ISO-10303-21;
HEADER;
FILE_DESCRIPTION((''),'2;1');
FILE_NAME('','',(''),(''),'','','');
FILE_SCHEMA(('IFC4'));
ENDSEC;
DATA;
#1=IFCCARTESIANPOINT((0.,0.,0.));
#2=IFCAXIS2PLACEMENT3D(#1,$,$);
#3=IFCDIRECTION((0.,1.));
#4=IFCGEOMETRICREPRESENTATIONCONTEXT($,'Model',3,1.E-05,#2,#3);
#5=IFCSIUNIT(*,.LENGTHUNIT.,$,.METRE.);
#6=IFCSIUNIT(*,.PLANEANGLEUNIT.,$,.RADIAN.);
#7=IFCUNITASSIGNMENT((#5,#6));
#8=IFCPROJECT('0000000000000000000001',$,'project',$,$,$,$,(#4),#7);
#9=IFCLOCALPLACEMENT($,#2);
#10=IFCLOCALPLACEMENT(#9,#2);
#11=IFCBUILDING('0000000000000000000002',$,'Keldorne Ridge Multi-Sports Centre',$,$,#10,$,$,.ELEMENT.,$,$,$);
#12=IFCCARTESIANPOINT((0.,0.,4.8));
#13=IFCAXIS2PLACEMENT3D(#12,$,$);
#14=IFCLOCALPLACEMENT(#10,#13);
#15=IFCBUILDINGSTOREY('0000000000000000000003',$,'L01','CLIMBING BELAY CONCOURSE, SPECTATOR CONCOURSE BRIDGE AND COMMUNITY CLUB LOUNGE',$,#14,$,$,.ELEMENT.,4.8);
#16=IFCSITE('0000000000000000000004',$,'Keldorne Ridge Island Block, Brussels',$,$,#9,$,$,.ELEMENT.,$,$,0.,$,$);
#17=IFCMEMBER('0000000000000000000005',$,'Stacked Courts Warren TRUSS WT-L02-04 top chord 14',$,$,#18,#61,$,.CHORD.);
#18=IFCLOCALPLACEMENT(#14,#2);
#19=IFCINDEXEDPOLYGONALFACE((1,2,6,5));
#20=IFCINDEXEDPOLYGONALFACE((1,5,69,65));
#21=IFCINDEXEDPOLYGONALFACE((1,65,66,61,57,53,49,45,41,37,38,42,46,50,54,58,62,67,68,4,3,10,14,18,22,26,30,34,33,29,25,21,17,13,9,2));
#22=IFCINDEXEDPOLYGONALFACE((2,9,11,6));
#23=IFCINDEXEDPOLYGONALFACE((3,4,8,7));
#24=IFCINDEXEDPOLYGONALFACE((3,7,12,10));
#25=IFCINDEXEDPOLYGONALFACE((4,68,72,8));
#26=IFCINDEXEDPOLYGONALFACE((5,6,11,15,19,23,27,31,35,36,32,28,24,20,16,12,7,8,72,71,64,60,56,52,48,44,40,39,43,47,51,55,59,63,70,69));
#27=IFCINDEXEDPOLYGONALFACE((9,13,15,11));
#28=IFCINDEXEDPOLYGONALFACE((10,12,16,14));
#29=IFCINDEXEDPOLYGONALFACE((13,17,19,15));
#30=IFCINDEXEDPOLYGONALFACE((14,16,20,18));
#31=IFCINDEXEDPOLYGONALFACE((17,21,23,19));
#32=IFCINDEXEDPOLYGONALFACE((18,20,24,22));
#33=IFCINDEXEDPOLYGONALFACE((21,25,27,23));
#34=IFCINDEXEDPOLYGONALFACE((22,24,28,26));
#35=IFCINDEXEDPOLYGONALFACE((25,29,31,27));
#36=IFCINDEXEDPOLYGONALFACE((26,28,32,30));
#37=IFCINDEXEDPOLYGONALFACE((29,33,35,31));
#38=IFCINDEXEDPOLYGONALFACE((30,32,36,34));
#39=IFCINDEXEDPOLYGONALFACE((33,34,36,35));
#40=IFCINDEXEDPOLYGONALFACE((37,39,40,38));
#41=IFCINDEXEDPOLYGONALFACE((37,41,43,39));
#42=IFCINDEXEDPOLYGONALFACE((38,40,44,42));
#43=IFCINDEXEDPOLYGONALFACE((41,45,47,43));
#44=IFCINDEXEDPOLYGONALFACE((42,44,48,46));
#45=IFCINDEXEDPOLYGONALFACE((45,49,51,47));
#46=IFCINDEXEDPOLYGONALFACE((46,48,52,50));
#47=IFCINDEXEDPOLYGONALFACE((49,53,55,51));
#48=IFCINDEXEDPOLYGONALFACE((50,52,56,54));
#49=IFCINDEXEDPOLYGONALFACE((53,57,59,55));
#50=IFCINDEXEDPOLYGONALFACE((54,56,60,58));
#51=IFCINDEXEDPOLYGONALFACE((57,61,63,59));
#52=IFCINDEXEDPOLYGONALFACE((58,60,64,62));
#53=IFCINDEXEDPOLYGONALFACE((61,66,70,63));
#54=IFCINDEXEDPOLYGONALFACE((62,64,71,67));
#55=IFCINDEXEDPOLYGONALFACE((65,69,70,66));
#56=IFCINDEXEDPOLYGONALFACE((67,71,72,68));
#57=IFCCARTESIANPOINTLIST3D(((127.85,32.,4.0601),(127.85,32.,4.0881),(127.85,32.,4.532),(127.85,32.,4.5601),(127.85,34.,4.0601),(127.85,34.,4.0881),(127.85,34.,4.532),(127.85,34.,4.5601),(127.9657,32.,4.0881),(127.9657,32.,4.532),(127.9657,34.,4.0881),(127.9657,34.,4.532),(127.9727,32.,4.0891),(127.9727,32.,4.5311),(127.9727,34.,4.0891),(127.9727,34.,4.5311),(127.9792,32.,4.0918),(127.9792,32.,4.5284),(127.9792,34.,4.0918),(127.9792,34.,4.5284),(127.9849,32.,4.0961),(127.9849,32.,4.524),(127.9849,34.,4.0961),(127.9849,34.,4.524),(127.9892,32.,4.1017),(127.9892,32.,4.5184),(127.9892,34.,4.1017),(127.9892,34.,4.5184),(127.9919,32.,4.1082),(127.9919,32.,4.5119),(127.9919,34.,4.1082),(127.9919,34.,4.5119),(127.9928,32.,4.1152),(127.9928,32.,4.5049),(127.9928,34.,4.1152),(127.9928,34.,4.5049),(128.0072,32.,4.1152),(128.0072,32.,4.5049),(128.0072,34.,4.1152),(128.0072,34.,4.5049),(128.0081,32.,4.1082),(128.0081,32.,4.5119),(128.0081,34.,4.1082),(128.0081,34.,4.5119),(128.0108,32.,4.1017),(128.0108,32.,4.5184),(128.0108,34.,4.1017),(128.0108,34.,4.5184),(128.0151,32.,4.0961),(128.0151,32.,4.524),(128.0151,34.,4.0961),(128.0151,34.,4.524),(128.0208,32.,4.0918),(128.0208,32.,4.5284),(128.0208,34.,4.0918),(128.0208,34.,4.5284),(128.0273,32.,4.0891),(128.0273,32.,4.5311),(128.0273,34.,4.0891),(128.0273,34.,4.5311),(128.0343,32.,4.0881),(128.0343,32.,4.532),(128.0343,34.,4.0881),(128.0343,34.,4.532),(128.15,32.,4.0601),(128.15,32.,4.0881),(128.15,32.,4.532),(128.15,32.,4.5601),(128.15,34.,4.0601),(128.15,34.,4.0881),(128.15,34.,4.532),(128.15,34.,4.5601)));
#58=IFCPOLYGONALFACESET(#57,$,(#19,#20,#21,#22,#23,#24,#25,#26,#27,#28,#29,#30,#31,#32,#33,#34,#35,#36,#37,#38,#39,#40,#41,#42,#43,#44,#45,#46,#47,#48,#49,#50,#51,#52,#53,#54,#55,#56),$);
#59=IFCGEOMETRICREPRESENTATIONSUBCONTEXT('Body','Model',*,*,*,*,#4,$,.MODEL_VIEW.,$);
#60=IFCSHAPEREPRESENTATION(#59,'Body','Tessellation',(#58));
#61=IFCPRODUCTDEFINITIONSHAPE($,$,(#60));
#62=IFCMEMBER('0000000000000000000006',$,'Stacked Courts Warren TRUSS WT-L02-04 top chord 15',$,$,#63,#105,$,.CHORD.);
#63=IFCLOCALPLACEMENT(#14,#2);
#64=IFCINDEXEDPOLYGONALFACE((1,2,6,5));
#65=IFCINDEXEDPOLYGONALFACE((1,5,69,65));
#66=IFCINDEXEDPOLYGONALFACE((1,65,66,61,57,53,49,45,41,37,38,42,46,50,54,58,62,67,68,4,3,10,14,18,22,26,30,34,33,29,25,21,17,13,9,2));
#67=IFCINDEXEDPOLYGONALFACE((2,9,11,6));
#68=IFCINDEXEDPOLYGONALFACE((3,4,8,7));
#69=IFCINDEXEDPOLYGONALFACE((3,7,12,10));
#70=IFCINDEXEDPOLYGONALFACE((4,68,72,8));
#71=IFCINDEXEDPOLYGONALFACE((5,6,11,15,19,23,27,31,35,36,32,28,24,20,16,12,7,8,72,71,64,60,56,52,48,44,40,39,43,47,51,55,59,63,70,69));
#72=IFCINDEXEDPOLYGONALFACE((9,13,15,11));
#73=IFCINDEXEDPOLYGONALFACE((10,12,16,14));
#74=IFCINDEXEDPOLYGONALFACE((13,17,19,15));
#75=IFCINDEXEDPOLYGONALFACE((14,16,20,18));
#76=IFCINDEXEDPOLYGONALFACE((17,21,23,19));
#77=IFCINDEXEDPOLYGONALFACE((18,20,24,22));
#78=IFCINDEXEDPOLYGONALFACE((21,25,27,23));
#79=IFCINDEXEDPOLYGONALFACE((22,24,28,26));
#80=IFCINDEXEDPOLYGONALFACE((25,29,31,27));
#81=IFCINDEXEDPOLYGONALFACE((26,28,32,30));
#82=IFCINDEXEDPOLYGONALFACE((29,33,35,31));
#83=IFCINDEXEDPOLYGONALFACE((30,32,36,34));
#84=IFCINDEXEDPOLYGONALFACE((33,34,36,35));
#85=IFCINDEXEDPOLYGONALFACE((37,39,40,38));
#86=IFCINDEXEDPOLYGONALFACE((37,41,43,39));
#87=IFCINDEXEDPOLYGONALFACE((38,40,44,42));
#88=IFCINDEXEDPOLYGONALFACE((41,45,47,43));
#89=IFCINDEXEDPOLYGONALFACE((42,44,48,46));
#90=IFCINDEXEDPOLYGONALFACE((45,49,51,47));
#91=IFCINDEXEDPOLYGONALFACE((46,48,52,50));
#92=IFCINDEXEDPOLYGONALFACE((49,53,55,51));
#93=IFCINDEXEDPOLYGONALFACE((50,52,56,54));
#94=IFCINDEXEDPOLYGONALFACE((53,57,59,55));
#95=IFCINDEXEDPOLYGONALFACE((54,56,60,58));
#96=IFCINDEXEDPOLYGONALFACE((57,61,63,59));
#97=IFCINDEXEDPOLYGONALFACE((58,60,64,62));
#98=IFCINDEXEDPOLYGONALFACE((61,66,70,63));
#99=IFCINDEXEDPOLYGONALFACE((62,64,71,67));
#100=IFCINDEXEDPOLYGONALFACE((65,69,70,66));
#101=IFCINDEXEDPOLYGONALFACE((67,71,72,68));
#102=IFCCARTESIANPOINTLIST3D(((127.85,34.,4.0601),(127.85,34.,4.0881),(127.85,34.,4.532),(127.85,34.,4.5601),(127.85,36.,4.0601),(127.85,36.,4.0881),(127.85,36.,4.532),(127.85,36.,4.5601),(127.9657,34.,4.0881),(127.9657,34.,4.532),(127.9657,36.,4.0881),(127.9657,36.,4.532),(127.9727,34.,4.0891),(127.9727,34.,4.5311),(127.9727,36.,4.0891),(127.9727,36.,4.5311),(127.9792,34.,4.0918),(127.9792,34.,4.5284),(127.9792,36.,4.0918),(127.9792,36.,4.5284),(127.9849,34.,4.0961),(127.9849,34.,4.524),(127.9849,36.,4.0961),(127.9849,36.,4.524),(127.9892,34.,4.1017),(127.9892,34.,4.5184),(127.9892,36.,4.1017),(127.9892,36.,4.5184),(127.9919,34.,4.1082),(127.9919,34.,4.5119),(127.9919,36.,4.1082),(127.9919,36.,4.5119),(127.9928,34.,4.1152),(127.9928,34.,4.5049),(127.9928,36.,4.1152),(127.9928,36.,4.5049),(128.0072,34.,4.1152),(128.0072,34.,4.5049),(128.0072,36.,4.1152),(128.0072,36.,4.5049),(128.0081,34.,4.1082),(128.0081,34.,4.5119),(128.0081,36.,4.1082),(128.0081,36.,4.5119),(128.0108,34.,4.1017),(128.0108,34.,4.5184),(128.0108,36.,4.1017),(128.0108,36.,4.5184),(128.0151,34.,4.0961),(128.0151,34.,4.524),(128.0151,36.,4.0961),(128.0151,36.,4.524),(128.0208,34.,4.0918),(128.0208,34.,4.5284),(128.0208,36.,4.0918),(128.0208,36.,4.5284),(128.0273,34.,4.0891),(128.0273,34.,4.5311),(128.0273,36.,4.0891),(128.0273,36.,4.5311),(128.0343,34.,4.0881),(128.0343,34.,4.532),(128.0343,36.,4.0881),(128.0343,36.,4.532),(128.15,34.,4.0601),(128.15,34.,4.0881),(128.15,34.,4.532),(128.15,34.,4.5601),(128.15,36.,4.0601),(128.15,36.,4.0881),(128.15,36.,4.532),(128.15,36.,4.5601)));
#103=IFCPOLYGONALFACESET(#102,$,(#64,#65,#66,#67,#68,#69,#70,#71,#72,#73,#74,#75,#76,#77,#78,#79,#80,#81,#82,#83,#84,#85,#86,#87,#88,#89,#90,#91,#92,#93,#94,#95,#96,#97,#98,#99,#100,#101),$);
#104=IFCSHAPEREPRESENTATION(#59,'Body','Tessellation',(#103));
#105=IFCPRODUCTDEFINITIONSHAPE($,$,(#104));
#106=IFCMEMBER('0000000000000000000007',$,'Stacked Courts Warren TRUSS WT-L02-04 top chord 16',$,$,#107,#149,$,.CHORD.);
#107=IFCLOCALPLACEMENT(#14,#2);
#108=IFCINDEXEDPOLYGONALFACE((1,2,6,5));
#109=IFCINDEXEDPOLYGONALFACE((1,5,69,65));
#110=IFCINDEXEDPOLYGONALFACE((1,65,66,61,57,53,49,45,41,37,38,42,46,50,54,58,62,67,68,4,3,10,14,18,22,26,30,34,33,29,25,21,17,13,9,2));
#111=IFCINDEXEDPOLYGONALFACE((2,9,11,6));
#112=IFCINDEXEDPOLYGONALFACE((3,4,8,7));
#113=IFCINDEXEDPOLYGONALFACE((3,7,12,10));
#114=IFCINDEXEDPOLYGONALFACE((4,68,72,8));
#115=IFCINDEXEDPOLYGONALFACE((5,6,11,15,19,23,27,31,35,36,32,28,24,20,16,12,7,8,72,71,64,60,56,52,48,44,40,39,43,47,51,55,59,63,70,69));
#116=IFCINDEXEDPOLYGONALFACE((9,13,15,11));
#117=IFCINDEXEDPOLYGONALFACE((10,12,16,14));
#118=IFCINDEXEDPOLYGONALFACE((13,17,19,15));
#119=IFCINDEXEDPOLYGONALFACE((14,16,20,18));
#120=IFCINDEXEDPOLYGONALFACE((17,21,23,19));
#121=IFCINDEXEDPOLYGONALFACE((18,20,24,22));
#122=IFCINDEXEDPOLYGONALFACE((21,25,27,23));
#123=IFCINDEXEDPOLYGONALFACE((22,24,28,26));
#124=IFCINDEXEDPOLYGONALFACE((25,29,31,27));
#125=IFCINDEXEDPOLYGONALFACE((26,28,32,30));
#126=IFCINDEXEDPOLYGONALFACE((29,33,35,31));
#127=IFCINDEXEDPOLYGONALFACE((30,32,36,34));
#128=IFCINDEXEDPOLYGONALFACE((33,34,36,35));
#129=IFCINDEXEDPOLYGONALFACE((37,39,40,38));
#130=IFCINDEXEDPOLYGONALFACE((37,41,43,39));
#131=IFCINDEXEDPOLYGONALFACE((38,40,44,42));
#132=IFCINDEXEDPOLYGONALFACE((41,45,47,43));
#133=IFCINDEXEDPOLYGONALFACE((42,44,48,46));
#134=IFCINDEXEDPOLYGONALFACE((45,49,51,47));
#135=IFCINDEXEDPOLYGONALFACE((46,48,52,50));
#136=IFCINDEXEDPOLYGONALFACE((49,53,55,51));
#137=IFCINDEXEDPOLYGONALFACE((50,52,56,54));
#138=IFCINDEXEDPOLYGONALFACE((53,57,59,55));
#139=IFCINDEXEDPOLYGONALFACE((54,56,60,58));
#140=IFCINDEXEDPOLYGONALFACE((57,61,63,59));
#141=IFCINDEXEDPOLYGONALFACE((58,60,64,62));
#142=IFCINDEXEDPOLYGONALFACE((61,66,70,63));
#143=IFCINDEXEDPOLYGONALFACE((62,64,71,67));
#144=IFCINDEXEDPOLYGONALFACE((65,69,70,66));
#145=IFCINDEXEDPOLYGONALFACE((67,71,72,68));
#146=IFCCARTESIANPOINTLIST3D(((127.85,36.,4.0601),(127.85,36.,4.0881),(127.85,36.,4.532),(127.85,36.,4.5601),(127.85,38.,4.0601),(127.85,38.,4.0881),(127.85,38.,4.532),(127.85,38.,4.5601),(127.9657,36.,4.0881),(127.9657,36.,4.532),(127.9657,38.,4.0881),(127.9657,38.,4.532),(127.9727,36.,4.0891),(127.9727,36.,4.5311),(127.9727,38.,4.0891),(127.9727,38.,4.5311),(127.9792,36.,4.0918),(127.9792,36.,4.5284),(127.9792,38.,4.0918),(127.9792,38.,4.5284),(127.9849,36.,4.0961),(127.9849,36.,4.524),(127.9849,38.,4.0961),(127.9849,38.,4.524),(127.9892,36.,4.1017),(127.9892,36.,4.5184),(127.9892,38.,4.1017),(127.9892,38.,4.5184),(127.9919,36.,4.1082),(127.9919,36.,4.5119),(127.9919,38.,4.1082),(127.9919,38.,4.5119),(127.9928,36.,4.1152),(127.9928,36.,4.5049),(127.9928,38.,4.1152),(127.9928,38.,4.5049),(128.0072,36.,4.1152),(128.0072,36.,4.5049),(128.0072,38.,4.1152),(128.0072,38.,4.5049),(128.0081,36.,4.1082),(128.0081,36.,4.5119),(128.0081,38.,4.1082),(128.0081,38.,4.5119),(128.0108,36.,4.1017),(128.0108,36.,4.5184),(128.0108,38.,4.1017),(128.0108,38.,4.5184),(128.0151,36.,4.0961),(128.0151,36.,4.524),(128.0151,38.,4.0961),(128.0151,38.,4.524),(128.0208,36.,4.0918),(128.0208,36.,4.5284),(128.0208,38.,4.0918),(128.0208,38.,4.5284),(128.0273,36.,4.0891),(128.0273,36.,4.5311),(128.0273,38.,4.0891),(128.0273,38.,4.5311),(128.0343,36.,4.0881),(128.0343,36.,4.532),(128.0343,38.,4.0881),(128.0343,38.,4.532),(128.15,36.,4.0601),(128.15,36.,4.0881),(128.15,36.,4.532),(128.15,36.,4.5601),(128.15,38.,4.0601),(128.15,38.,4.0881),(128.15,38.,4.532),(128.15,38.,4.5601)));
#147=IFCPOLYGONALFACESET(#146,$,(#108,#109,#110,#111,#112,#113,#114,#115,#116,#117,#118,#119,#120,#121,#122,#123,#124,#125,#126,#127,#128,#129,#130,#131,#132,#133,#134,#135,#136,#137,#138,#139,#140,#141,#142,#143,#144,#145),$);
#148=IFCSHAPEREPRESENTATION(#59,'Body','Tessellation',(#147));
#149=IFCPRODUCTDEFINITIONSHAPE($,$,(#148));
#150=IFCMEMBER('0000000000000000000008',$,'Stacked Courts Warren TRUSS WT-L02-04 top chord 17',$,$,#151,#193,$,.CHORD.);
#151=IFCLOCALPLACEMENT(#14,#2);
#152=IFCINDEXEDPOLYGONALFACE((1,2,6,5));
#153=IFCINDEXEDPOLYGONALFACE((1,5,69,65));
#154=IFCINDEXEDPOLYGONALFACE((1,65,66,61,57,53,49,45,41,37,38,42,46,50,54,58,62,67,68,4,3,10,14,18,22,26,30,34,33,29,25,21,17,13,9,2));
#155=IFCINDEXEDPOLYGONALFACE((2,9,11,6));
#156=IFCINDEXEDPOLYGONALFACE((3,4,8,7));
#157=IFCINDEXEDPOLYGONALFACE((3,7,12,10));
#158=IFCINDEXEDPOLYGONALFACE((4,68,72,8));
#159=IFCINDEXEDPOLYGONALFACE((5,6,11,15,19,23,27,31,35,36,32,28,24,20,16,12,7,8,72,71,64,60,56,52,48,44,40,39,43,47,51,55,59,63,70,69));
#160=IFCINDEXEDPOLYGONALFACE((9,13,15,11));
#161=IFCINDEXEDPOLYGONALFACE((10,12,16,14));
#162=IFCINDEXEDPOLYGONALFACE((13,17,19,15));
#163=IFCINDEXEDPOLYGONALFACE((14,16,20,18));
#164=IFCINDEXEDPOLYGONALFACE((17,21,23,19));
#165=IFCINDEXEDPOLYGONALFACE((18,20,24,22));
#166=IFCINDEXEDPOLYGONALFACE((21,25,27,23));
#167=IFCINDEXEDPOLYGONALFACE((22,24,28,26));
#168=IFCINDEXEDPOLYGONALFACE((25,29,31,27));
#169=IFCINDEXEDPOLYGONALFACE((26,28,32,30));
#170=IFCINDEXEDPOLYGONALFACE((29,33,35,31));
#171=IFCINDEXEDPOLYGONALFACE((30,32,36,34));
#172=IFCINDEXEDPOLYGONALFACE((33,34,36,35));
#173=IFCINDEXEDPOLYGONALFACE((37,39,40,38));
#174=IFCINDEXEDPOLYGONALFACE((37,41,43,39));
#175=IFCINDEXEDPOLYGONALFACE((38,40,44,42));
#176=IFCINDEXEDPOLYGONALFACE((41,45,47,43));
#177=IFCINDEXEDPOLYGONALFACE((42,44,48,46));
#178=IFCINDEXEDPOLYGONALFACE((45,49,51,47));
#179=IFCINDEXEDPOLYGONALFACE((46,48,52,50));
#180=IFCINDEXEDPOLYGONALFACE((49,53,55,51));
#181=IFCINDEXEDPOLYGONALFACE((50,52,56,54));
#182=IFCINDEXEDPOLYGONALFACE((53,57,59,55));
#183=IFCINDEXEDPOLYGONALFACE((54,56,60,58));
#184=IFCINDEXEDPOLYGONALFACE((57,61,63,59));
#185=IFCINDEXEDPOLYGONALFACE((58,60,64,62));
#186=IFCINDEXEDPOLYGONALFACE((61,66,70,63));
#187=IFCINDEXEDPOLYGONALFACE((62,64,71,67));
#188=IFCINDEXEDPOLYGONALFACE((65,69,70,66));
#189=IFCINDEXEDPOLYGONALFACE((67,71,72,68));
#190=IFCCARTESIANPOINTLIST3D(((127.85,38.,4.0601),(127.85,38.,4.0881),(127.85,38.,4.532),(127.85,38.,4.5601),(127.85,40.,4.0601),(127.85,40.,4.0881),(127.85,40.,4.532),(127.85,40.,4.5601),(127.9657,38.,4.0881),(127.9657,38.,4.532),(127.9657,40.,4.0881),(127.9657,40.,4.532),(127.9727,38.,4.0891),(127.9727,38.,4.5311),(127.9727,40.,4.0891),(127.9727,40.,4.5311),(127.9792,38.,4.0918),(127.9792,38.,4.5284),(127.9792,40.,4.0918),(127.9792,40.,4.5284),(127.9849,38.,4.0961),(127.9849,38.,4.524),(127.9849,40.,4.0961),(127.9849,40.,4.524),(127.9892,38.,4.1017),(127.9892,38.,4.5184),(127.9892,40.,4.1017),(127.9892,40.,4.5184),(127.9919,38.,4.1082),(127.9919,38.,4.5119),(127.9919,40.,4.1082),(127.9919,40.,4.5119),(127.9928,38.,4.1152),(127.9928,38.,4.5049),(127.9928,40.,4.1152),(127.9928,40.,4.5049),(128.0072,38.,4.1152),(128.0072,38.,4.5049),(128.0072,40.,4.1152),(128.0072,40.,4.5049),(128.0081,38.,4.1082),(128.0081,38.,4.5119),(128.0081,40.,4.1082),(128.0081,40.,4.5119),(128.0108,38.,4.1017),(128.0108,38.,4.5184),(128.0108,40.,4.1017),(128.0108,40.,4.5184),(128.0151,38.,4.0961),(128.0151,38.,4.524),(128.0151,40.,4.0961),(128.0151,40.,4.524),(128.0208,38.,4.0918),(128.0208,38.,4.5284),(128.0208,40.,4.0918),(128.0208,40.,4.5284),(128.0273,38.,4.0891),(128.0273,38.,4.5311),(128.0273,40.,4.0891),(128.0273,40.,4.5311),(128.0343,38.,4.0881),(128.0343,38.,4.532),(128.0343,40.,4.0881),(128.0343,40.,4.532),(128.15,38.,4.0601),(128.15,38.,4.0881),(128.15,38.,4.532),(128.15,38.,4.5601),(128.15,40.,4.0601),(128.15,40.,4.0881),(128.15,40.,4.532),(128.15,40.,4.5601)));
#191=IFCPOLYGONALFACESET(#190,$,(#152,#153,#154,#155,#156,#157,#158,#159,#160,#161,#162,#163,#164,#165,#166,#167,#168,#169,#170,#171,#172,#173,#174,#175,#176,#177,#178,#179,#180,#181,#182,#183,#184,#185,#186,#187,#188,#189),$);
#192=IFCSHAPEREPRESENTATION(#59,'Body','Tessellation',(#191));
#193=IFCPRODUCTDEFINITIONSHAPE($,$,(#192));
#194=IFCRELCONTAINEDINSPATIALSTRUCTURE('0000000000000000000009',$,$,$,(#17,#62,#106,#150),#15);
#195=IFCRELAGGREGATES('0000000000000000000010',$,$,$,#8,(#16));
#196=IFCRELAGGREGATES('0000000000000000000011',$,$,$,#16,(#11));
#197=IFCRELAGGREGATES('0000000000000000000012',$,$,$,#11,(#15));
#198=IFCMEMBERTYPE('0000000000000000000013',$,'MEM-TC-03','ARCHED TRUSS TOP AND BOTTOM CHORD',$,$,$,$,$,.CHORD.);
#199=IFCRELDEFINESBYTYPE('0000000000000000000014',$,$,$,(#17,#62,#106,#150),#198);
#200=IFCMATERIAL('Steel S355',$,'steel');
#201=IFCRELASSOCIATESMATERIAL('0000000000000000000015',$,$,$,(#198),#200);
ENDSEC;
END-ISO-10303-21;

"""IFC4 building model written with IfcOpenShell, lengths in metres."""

from ifc_helpers import new_model, si_unit, direction, frame, origin, origin_2d, place, context, subcontext, project, spatial, i_section, extrude, material, material_profile, profile_set, type_object, element, save


model = new_model("IFC4")

# Units and contexts
model_context = context("Model", 3, precision=1e-05, world=origin(), true_north=direction((0.0, 1.0)))
body_context = subcontext(model_context, "Body", "Model", "MODEL_VIEW")
ifc_project = project(units=[si_unit("LENGTHUNIT", "METRE"), si_unit("PLANEANGLEUNIT", "RADIAN")], contexts=[model_context])

# Site, building, storey
site_placement = place(None, origin())
site = spatial("IfcSite", under=ifc_project, at=site_placement, Name="Keldorne Ridge Island Block, Brussels", CompositionType="ELEMENT", RefElevation=0.0)
building_placement = place(site_placement, origin())
building = spatial("IfcBuilding", under=site, at=building_placement, Name="Keldorne Ridge Multi-Sports Centre", CompositionType="ELEMENT")
storey_placement = place(building_placement, frame((0.0, 0.0, 4.8)))
storey = spatial("IfcBuildingStorey", under=building, at=storey_placement, Name="L01", Description="CLIMBING BELAY CONCOURSE, SPECTATOR CONCOURSE BRIDGE AND COMMUNITY CLUB LOUNGE", CompositionType="ELEMENT", Elevation=4.8)

# Members
ifc_material = material(Name="Steel S355", Category="steel")
ifc_material_profile_1 = material_profile(ifc_material, i_section(OverallWidth=0.3, OverallDepth=0.5, WebThickness=0.0144, FlangeThickness=0.0281, FilletRadius=0.0271, at=origin_2d()), Name="HEB 500")
ifc_profile_set_1 = profile_set([ifc_material_profile_1], Name="Steel S355")
member_type_1 = type_object("IfcMemberType", Name="MEM-TC-03", Description="ARCHED TRUSS TOP AND BOTTOM CHORD", PredefinedType="CHORD", material=ifc_profile_set_1)
for number, where, z_axis, x_axis, name in (
    (1, (128.0, 32.0, 4.3101), (0.0, 1.0, 0.0), (-1.0, 0.0, 0.0), "Stacked Courts Warren TRUSS WT-L02-04 top chord 14"),
    (2, (128.0, 34.0, 4.3101), (0.0, 1.0, 0.0), (-1.0, 0.0, 0.0), "Stacked Courts Warren TRUSS WT-L02-04 top chord 15"),
    (3, (128.0, 36.0, 4.3101), (0.0, 1.0, 0.0), (-1.0, 0.0, 0.0), "Stacked Courts Warren TRUSS WT-L02-04 top chord 16"),
    (4, (128.0, 38.0, 4.3101), (0.0, 1.0, 0.0), (-1.0, 0.0, 0.0), "Stacked Courts Warren TRUSS WT-L02-04 top chord 17"),
):
    element("IfcMember", number, at=place(storey_placement, frame(where, z_axis=z_axis, x_axis=x_axis)), inside=storey, type_object=member_type_1, Name=name, PredefinedType="CHORD", context=body_context, shape_type="SweptSolid", body=[
        extrude(i_section(OverallWidth=0.3, OverallDepth=0.5, WebThickness=0.0144, FlangeThickness=0.0281, FilletRadius=0.0271, at=origin_2d()), origin(), (0.0, 0.0, 1.0), 2.0),
    ])

save(model, "model.ifc")
